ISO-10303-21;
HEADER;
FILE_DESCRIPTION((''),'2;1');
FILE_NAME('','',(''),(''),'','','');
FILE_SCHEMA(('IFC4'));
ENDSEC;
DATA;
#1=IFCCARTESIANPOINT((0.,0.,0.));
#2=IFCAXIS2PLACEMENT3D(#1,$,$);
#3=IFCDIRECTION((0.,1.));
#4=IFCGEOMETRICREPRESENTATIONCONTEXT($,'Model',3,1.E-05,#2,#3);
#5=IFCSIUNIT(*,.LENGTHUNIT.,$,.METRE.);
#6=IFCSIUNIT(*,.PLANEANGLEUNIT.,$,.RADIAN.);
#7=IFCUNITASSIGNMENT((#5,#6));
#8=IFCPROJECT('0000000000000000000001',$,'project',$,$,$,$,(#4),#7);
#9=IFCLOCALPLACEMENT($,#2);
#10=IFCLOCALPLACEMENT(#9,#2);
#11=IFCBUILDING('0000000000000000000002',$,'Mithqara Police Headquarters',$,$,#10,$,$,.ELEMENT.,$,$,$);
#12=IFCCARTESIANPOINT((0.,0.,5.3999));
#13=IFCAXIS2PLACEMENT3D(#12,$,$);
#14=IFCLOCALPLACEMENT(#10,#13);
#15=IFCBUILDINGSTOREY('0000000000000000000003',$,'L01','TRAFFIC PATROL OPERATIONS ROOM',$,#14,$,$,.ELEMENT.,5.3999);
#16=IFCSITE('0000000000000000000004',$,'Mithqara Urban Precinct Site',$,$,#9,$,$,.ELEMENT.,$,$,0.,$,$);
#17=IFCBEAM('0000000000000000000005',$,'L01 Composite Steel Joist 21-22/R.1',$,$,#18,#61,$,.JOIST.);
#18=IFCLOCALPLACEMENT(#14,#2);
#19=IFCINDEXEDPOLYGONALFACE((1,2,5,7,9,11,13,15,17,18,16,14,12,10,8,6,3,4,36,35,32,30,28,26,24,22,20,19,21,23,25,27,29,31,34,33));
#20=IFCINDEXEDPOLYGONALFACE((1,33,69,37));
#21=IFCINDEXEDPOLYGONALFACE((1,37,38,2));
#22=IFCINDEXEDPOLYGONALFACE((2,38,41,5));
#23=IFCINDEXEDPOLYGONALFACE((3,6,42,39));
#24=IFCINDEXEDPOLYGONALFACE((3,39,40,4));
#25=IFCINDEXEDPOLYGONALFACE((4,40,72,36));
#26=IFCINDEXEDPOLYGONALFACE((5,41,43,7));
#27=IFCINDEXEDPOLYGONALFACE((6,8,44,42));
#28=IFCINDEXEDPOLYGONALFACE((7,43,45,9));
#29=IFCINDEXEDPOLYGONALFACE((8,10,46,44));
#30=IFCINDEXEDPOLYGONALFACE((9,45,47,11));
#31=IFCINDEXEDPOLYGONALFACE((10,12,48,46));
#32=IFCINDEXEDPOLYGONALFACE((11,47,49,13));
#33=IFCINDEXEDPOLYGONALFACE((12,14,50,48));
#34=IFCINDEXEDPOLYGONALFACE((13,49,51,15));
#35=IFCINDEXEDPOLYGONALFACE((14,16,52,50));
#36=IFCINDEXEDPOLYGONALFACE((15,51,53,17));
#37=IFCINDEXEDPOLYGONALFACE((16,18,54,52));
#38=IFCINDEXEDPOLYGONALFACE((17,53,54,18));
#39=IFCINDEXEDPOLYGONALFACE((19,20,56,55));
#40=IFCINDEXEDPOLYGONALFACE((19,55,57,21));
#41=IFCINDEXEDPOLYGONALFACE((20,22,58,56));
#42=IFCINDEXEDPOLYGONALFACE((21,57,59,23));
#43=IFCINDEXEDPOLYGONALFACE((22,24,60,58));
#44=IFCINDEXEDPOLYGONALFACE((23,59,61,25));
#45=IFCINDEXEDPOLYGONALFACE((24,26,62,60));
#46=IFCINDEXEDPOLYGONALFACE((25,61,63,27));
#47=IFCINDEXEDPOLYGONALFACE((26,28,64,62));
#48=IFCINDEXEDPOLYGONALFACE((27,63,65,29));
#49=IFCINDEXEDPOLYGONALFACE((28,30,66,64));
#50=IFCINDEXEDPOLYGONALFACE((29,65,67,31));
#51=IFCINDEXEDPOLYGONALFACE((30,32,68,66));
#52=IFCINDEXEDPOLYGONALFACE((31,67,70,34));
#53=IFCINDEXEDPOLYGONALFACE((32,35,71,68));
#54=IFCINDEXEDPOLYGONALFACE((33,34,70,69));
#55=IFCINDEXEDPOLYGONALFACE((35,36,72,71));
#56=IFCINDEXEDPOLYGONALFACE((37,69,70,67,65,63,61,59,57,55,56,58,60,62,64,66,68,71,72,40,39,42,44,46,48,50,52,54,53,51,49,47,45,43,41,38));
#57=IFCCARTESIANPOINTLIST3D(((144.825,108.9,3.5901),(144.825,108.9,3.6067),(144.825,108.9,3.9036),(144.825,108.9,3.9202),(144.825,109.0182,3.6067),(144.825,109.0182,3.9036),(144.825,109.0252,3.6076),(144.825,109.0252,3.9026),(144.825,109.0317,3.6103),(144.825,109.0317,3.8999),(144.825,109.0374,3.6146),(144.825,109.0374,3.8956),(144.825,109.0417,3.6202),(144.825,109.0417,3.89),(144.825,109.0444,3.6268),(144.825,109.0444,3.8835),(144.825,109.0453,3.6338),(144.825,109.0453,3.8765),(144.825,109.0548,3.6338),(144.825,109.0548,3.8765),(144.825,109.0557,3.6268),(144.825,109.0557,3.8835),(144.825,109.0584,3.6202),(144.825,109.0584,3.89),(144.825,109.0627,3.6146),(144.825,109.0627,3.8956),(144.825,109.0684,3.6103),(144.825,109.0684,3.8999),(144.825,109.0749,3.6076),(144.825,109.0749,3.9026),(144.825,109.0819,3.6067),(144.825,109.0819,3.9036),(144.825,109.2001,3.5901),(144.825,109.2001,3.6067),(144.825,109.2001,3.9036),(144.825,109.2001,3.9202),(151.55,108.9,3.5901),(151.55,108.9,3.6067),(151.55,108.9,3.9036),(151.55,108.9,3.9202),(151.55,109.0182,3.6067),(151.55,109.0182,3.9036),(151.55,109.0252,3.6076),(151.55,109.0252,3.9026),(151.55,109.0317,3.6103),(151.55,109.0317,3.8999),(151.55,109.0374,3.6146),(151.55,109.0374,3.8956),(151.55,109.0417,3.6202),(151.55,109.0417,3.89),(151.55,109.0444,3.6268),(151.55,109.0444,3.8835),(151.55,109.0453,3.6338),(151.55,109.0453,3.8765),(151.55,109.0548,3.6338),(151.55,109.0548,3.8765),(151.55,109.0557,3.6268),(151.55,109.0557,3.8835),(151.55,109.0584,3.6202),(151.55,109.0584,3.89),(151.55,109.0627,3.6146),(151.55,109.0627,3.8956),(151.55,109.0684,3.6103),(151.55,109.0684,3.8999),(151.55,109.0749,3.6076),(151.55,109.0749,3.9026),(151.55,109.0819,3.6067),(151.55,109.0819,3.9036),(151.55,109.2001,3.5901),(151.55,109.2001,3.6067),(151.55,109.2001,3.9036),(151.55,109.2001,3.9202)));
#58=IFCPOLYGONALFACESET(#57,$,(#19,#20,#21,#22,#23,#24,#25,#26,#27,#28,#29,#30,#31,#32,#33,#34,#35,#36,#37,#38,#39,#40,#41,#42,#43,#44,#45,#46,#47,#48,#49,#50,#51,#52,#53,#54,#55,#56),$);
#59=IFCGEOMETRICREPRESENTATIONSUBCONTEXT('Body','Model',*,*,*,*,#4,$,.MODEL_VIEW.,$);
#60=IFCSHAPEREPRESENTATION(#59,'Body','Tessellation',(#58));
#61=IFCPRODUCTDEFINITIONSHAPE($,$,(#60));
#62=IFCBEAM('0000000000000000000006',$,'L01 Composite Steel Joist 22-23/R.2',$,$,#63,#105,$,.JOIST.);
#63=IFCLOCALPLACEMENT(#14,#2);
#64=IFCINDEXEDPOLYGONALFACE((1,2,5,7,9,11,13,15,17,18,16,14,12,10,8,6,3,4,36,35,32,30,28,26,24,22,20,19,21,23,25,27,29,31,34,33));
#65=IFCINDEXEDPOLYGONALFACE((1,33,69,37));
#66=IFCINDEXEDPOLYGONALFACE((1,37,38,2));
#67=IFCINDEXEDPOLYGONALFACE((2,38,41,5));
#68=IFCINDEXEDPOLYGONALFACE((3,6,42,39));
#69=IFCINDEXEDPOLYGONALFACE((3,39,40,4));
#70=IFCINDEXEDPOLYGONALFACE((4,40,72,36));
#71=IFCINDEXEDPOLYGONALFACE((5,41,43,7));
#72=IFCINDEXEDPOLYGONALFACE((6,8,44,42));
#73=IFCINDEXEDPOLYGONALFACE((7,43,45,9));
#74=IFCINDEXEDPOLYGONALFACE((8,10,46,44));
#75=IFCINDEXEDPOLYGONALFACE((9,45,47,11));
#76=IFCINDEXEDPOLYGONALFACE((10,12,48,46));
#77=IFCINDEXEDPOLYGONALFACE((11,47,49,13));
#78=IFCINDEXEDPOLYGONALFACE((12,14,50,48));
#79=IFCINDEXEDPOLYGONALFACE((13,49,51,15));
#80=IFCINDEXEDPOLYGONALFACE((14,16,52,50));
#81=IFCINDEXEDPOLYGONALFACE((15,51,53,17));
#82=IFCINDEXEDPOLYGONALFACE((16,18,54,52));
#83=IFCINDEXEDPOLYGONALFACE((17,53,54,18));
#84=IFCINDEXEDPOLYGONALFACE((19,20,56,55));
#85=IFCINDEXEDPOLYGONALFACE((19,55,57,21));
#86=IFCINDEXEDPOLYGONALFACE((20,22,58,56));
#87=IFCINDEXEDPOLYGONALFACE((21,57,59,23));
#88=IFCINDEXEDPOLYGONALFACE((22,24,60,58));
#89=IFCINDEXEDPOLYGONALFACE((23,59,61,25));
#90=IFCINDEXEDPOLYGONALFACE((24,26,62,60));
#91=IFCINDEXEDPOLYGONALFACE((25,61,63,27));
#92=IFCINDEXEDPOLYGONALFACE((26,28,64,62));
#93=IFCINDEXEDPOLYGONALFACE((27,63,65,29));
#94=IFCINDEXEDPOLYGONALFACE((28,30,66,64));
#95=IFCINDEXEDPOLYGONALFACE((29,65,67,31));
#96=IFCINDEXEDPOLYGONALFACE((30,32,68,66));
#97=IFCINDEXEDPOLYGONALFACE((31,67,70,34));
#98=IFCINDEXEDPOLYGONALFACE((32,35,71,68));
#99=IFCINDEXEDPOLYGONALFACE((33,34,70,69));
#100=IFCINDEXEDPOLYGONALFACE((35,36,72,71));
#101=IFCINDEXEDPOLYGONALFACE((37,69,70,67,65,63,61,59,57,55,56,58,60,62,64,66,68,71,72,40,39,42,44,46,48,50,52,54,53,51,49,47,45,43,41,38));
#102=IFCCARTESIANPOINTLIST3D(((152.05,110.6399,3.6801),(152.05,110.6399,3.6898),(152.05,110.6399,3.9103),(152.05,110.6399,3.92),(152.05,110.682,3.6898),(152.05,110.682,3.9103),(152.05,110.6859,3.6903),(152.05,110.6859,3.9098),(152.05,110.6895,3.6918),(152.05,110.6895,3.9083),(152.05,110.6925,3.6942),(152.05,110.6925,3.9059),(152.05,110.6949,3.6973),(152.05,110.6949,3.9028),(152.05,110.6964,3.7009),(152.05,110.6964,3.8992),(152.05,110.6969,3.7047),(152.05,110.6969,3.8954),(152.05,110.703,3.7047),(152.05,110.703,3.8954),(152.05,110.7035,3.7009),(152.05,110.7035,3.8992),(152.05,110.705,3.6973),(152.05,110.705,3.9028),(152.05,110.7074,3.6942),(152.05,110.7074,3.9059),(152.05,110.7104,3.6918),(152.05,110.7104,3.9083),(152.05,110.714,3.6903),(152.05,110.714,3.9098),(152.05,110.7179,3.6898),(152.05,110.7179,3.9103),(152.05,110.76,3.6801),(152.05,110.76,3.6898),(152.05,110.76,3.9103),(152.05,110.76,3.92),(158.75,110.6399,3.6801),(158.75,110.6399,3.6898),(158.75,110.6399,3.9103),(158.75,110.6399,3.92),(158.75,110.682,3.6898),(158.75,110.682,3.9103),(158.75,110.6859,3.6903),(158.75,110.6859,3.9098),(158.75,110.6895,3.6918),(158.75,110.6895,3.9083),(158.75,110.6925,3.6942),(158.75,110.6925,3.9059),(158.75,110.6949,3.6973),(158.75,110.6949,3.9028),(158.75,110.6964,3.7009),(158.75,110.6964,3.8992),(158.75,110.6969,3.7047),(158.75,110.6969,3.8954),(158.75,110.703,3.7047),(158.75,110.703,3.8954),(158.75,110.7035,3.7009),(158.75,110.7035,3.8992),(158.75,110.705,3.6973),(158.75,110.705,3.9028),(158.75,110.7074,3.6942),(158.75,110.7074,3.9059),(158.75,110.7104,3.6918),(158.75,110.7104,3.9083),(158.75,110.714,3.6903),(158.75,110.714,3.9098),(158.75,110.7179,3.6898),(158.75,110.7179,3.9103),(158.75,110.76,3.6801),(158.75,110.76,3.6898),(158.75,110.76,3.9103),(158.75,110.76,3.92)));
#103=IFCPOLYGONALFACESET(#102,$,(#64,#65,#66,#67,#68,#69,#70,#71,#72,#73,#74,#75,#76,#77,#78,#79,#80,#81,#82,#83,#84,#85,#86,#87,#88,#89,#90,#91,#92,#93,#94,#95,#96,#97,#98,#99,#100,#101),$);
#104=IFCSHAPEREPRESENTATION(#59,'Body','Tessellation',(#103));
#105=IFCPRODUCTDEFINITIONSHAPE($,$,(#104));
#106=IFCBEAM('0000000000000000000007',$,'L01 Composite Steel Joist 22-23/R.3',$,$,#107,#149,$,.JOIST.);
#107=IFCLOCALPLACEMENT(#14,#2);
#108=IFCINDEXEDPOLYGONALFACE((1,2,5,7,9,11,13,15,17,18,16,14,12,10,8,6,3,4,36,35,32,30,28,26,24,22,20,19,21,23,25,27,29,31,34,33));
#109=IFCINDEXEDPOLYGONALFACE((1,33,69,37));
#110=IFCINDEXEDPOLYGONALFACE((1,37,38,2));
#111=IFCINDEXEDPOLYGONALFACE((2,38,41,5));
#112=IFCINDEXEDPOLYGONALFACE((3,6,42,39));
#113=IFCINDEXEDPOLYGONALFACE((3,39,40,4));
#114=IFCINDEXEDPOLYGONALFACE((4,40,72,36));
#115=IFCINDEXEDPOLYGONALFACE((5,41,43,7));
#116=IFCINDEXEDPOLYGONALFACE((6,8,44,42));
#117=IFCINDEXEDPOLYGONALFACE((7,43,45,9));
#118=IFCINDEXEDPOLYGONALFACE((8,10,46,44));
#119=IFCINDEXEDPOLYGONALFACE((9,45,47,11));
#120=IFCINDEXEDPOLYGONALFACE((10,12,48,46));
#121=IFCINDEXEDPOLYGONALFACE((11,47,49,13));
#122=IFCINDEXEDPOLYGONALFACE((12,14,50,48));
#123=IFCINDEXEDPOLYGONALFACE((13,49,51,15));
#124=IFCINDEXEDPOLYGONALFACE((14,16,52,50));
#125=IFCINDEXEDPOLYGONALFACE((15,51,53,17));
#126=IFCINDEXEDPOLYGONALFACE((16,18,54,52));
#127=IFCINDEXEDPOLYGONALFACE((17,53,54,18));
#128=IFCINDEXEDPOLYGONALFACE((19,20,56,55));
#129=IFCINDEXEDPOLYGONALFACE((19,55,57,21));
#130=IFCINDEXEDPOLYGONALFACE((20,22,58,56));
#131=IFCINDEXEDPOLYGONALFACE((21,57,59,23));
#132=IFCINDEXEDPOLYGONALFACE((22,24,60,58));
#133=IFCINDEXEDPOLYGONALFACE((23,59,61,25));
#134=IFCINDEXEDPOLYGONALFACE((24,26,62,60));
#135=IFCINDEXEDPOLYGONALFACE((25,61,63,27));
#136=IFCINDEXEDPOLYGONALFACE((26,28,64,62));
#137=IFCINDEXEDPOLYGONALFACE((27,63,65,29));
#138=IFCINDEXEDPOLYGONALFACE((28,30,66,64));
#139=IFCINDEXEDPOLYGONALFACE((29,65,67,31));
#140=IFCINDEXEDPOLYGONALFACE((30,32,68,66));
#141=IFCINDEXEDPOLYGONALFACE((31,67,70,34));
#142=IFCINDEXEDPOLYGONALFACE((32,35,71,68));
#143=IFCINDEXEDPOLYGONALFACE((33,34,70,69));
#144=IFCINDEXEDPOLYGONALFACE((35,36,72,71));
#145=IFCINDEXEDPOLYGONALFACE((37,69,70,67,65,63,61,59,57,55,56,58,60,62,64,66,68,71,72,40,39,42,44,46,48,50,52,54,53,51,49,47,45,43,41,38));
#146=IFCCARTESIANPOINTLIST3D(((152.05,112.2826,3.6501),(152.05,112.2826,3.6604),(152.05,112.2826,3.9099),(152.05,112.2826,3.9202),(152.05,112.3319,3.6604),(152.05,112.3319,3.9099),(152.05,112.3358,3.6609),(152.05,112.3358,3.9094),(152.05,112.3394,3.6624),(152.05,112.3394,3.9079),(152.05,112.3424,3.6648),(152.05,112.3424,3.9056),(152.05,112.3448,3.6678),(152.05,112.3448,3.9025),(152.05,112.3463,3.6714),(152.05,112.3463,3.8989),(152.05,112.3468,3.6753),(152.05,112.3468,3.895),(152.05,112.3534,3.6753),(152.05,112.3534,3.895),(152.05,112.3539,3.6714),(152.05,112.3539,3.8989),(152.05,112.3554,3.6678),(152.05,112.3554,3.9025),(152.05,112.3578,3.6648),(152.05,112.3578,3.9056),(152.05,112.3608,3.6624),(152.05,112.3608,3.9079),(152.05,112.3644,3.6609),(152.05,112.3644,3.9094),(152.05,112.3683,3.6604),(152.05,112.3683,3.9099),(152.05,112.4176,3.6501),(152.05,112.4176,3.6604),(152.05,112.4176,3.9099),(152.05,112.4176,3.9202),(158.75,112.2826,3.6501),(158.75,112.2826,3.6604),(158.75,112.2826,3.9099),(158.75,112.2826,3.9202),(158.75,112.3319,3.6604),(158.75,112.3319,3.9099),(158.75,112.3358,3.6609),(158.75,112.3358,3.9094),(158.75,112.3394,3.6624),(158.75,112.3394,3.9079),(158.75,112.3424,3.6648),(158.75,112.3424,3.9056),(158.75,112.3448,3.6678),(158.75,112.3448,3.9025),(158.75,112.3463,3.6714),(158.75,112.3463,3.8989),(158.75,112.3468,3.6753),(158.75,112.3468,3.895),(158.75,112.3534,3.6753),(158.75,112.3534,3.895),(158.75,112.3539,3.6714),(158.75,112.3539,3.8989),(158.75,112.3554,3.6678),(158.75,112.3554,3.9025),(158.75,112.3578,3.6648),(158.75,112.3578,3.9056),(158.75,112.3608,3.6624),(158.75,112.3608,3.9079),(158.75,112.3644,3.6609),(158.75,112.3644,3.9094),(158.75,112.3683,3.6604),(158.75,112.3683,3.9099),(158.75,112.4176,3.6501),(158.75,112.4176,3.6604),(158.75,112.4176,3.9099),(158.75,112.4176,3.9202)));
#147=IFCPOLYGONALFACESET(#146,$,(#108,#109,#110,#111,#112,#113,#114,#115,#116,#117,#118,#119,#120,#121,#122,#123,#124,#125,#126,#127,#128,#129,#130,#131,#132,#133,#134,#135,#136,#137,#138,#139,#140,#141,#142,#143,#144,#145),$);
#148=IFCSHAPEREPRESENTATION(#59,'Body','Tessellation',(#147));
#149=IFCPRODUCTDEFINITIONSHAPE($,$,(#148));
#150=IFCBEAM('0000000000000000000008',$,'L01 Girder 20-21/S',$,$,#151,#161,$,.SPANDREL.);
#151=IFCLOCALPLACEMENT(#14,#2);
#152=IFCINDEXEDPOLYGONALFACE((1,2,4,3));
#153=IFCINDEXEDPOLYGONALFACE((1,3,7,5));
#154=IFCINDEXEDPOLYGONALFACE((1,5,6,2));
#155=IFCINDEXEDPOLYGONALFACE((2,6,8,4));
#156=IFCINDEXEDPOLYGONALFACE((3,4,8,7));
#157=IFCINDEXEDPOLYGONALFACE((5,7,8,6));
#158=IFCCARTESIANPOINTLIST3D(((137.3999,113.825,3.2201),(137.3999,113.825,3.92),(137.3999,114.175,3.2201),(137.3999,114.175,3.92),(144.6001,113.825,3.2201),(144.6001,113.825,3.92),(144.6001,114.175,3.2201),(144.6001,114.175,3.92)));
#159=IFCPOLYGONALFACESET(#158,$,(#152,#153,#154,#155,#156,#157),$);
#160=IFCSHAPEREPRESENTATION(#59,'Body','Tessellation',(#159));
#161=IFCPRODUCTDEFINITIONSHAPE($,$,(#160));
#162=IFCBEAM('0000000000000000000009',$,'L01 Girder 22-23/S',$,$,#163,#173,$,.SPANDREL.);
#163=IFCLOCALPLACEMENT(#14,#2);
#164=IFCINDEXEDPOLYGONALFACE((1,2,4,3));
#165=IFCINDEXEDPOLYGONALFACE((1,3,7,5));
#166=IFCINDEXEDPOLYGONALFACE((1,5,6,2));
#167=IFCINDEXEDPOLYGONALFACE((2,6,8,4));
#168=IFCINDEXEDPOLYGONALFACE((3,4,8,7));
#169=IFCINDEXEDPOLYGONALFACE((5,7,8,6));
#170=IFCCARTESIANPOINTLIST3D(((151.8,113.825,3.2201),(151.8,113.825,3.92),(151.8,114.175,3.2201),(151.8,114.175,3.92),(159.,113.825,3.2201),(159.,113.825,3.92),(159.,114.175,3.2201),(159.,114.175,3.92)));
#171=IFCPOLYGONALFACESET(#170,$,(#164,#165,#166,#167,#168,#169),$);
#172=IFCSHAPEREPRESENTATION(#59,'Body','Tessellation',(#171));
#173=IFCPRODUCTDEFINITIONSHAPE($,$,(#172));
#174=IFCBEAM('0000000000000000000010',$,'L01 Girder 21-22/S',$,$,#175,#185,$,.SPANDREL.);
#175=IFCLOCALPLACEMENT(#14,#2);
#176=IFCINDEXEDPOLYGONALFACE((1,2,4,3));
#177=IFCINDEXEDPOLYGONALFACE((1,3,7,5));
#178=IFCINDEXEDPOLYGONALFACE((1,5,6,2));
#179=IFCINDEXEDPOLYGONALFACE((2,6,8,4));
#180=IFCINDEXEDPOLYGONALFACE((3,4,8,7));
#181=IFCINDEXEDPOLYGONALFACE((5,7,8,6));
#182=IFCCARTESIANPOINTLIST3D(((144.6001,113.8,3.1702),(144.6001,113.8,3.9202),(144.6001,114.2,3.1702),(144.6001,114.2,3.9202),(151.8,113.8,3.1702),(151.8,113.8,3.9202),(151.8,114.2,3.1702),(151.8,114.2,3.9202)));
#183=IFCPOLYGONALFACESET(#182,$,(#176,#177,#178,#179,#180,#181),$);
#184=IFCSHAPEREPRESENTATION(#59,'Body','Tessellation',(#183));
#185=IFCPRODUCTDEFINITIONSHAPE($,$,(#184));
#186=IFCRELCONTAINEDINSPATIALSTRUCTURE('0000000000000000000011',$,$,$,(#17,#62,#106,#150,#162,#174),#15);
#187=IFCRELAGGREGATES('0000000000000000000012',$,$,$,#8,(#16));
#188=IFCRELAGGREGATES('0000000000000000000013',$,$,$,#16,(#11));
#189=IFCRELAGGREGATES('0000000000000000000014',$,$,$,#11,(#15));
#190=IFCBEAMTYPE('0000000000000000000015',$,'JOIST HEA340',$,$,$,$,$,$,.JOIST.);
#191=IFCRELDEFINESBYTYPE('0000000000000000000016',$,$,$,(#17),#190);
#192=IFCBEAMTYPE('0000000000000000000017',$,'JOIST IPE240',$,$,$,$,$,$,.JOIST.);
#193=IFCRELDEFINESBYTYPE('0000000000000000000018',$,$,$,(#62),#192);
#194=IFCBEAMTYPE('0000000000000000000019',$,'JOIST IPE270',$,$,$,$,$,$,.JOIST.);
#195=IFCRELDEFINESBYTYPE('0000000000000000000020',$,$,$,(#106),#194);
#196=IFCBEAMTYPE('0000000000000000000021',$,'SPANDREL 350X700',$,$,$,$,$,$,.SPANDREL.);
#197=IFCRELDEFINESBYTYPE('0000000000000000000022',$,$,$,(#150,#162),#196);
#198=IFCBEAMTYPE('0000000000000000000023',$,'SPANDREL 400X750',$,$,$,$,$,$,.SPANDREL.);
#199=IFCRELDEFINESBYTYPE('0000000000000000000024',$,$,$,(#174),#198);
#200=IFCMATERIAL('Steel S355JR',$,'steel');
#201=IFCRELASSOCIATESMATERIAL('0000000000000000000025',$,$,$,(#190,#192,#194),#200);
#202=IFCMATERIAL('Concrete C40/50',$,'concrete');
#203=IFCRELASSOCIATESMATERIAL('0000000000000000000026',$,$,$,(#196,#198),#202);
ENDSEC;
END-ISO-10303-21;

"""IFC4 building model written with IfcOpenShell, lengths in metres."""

from ifc_helpers import new_model, si_unit, direction, frame, origin, origin_2d, place, context, subcontext, project, spatial, rectangle, i_section, extrude, material, material_profile, profile_set, type_object, element, save


model = new_model("IFC4")

# Units and contexts
model_context = context("Model", 3, precision=1e-05, world=origin(), true_north=direction((0.0, 1.0)))
body_context = subcontext(model_context, "Body", "Model", "MODEL_VIEW")
ifc_project = project(units=[si_unit("LENGTHUNIT", "METRE"), si_unit("PLANEANGLEUNIT", "RADIAN")], contexts=[model_context])

# Site, building, storey
site_placement = place(None, origin())
site = spatial("IfcSite", under=ifc_project, at=site_placement, Name="Mithqara Urban Precinct Site", CompositionType="ELEMENT", RefElevation=0.0)
building_placement = place(site_placement, origin())
building = spatial("IfcBuilding", under=site, at=building_placement, Name="Mithqara Police Headquarters", CompositionType="ELEMENT")
storey_placement = place(building_placement, frame((0.0, 0.0, 5.3999)))
storey = spatial("IfcBuildingStorey", under=building, at=storey_placement, Name="L01", Description="TRAFFIC PATROL OPERATIONS ROOM", CompositionType="ELEMENT", Elevation=5.3999)

# Beams
ifc_material_1 = material(Name="Steel S355JR", Category="steel")
ifc_material_2 = material(Name="Concrete C40/50", Category="concrete")
ifc_material_profile_1 = material_profile(ifc_material_1, i_section(OverallWidth=0.3, OverallDepth=0.3301, WebThickness=0.0095, FlangeThickness=0.0166, FilletRadius=0.0271, at=origin_2d()), Name="HEA 340")
ifc_profile_set_1 = profile_set([ifc_material_profile_1], Name="Steel S355JR")
beam_type_1 = type_object("IfcBeamType", Name="JOIST HEA340", PredefinedType="JOIST", material=ifc_profile_set_1)
beam_1_placement = place(storey_placement, frame((144.825, 109.05, 3.7551), z_axis=(1.0, 0.0, 0.0), x_axis=(0.0, 1.0, 0.0)))
element("IfcBeam", 1, at=beam_1_placement, inside=storey, type_object=beam_type_1, Name="L01 Composite Steel Joist 21-22/R.1", PredefinedType="JOIST", context=body_context, shape_type="SweptSolid", body=[
    extrude(i_section(OverallWidth=0.3, OverallDepth=0.3301, WebThickness=0.0095, FlangeThickness=0.0166, FilletRadius=0.0271, at=origin_2d()), origin(), (0.0, 0.0, 1.0), 6.7251),
])
ifc_material_profile_2 = material_profile(ifc_material_1, i_section(OverallWidth=0.1201, OverallDepth=0.24, WebThickness=0.0061, FlangeThickness=0.0098, FilletRadius=0.0149, at=origin_2d()), Name="IPE 240")
ifc_profile_set_2 = profile_set([ifc_material_profile_2], Name="Steel S355JR")
beam_type_2 = type_object("IfcBeamType", Name="JOIST IPE240", PredefinedType="JOIST", material=ifc_profile_set_2)
beam_2_placement = place(storey_placement, frame((152.05, 110.7, 3.8), z_axis=(1.0, 0.0, 0.0), x_axis=(0.0, 1.0, 0.0)))
element("IfcBeam", 2, at=beam_2_placement, inside=storey, type_object=beam_type_2, Name="L01 Composite Steel Joist 22-23/R.2", PredefinedType="JOIST", context=body_context, shape_type="SweptSolid", body=[
    extrude(i_section(OverallWidth=0.1201, OverallDepth=0.24, WebThickness=0.0061, FlangeThickness=0.0098, FilletRadius=0.0149, at=origin_2d()), origin(), (0.0, 0.0, 1.0), 6.7),
])
ifc_material_profile_3 = material_profile(ifc_material_1, i_section(OverallWidth=0.135, OverallDepth=0.27, WebThickness=0.0066, FlangeThickness=0.0103, FilletRadius=0.0149, at=origin_2d()), Name="IPE 270")
ifc_profile_set_3 = profile_set([ifc_material_profile_3], Name="Steel S355JR")
beam_type_3 = type_object("IfcBeamType", Name="JOIST IPE270", PredefinedType="JOIST", material=ifc_profile_set_3)
beam_3_placement = place(storey_placement, frame((152.05, 112.3501, 3.7852), z_axis=(1.0, 0.0, 0.0), x_axis=(0.0, 1.0, 0.0)))
element("IfcBeam", 3, at=beam_3_placement, inside=storey, type_object=beam_type_3, Name="L01 Composite Steel Joist 22-23/R.3", PredefinedType="JOIST", context=body_context, shape_type="SweptSolid", body=[
    extrude(i_section(OverallWidth=0.135, OverallDepth=0.27, WebThickness=0.0066, FlangeThickness=0.0103, FilletRadius=0.0149, at=origin_2d()), origin(), (0.0, 0.0, 1.0), 6.7),
])
ifc_material_profile_4 = material_profile(ifc_material_2, rectangle(XDim=0.3501, YDim=0.7, at=origin_2d()), Name="SPB 350x700")
ifc_profile_set_4 = profile_set([ifc_material_profile_4], Name="Concrete C40/50")
beam_type_4 = type_object("IfcBeamType", Name="SPANDREL 350X700", PredefinedType="SPANDREL", material=ifc_profile_set_4)
beam_4_placement = place(storey_placement, frame((137.3999, 114.0, 3.5701), z_axis=(1.0, 0.0, 0.0), x_axis=(0.0, 1.0, 0.0)))
element("IfcBeam", 4, at=beam_4_placement, inside=storey, type_object=beam_type_4, Name="L01 Girder 20-21/S", PredefinedType="SPANDREL", context=body_context, shape_type="SweptSolid", body=[
    extrude(rectangle(XDim=0.3501, YDim=0.7, at=origin_2d()), origin(), (0.0, 0.0, 1.0), 7.2002),
])
beam_5_placement = place(storey_placement, frame((151.8, 114.0, 3.5701), z_axis=(1.0, 0.0, 0.0), x_axis=(0.0, 1.0, 0.0)))
element("IfcBeam", 5, at=beam_5_placement, inside=storey, type_object=beam_type_4, Name="L01 Girder 22-23/S", PredefinedType="SPANDREL", context=body_context, shape_type="SweptSolid", body=[
    extrude(rectangle(XDim=0.3501, YDim=0.7, at=origin_2d()), origin(), (0.0, 0.0, 1.0), 7.2),
])
ifc_material_profile_5 = material_profile(ifc_material_2, rectangle(XDim=0.3999, YDim=0.75, at=origin_2d()), Name="SPB 400x750")
ifc_profile_set_5 = profile_set([ifc_material_profile_5], Name="Concrete C40/50")
beam_type_5 = type_object("IfcBeamType", Name="SPANDREL 400X750", PredefinedType="SPANDREL", material=ifc_profile_set_5)
beam_6_placement = place(storey_placement, frame((144.6001, 114.0, 3.5452), z_axis=(1.0, 0.0, 0.0), x_axis=(0.0, 1.0, 0.0)))
element("IfcBeam", 6, at=beam_6_placement, inside=storey, type_object=beam_type_5, Name="L01 Girder 21-22/S", PredefinedType="SPANDREL", context=body_context, shape_type="SweptSolid", body=[
    extrude(rectangle(XDim=0.3999, YDim=0.75, at=origin_2d()), origin(), (0.0, 0.0, 1.0), 7.2),
])

save(model, "model.ifc")
